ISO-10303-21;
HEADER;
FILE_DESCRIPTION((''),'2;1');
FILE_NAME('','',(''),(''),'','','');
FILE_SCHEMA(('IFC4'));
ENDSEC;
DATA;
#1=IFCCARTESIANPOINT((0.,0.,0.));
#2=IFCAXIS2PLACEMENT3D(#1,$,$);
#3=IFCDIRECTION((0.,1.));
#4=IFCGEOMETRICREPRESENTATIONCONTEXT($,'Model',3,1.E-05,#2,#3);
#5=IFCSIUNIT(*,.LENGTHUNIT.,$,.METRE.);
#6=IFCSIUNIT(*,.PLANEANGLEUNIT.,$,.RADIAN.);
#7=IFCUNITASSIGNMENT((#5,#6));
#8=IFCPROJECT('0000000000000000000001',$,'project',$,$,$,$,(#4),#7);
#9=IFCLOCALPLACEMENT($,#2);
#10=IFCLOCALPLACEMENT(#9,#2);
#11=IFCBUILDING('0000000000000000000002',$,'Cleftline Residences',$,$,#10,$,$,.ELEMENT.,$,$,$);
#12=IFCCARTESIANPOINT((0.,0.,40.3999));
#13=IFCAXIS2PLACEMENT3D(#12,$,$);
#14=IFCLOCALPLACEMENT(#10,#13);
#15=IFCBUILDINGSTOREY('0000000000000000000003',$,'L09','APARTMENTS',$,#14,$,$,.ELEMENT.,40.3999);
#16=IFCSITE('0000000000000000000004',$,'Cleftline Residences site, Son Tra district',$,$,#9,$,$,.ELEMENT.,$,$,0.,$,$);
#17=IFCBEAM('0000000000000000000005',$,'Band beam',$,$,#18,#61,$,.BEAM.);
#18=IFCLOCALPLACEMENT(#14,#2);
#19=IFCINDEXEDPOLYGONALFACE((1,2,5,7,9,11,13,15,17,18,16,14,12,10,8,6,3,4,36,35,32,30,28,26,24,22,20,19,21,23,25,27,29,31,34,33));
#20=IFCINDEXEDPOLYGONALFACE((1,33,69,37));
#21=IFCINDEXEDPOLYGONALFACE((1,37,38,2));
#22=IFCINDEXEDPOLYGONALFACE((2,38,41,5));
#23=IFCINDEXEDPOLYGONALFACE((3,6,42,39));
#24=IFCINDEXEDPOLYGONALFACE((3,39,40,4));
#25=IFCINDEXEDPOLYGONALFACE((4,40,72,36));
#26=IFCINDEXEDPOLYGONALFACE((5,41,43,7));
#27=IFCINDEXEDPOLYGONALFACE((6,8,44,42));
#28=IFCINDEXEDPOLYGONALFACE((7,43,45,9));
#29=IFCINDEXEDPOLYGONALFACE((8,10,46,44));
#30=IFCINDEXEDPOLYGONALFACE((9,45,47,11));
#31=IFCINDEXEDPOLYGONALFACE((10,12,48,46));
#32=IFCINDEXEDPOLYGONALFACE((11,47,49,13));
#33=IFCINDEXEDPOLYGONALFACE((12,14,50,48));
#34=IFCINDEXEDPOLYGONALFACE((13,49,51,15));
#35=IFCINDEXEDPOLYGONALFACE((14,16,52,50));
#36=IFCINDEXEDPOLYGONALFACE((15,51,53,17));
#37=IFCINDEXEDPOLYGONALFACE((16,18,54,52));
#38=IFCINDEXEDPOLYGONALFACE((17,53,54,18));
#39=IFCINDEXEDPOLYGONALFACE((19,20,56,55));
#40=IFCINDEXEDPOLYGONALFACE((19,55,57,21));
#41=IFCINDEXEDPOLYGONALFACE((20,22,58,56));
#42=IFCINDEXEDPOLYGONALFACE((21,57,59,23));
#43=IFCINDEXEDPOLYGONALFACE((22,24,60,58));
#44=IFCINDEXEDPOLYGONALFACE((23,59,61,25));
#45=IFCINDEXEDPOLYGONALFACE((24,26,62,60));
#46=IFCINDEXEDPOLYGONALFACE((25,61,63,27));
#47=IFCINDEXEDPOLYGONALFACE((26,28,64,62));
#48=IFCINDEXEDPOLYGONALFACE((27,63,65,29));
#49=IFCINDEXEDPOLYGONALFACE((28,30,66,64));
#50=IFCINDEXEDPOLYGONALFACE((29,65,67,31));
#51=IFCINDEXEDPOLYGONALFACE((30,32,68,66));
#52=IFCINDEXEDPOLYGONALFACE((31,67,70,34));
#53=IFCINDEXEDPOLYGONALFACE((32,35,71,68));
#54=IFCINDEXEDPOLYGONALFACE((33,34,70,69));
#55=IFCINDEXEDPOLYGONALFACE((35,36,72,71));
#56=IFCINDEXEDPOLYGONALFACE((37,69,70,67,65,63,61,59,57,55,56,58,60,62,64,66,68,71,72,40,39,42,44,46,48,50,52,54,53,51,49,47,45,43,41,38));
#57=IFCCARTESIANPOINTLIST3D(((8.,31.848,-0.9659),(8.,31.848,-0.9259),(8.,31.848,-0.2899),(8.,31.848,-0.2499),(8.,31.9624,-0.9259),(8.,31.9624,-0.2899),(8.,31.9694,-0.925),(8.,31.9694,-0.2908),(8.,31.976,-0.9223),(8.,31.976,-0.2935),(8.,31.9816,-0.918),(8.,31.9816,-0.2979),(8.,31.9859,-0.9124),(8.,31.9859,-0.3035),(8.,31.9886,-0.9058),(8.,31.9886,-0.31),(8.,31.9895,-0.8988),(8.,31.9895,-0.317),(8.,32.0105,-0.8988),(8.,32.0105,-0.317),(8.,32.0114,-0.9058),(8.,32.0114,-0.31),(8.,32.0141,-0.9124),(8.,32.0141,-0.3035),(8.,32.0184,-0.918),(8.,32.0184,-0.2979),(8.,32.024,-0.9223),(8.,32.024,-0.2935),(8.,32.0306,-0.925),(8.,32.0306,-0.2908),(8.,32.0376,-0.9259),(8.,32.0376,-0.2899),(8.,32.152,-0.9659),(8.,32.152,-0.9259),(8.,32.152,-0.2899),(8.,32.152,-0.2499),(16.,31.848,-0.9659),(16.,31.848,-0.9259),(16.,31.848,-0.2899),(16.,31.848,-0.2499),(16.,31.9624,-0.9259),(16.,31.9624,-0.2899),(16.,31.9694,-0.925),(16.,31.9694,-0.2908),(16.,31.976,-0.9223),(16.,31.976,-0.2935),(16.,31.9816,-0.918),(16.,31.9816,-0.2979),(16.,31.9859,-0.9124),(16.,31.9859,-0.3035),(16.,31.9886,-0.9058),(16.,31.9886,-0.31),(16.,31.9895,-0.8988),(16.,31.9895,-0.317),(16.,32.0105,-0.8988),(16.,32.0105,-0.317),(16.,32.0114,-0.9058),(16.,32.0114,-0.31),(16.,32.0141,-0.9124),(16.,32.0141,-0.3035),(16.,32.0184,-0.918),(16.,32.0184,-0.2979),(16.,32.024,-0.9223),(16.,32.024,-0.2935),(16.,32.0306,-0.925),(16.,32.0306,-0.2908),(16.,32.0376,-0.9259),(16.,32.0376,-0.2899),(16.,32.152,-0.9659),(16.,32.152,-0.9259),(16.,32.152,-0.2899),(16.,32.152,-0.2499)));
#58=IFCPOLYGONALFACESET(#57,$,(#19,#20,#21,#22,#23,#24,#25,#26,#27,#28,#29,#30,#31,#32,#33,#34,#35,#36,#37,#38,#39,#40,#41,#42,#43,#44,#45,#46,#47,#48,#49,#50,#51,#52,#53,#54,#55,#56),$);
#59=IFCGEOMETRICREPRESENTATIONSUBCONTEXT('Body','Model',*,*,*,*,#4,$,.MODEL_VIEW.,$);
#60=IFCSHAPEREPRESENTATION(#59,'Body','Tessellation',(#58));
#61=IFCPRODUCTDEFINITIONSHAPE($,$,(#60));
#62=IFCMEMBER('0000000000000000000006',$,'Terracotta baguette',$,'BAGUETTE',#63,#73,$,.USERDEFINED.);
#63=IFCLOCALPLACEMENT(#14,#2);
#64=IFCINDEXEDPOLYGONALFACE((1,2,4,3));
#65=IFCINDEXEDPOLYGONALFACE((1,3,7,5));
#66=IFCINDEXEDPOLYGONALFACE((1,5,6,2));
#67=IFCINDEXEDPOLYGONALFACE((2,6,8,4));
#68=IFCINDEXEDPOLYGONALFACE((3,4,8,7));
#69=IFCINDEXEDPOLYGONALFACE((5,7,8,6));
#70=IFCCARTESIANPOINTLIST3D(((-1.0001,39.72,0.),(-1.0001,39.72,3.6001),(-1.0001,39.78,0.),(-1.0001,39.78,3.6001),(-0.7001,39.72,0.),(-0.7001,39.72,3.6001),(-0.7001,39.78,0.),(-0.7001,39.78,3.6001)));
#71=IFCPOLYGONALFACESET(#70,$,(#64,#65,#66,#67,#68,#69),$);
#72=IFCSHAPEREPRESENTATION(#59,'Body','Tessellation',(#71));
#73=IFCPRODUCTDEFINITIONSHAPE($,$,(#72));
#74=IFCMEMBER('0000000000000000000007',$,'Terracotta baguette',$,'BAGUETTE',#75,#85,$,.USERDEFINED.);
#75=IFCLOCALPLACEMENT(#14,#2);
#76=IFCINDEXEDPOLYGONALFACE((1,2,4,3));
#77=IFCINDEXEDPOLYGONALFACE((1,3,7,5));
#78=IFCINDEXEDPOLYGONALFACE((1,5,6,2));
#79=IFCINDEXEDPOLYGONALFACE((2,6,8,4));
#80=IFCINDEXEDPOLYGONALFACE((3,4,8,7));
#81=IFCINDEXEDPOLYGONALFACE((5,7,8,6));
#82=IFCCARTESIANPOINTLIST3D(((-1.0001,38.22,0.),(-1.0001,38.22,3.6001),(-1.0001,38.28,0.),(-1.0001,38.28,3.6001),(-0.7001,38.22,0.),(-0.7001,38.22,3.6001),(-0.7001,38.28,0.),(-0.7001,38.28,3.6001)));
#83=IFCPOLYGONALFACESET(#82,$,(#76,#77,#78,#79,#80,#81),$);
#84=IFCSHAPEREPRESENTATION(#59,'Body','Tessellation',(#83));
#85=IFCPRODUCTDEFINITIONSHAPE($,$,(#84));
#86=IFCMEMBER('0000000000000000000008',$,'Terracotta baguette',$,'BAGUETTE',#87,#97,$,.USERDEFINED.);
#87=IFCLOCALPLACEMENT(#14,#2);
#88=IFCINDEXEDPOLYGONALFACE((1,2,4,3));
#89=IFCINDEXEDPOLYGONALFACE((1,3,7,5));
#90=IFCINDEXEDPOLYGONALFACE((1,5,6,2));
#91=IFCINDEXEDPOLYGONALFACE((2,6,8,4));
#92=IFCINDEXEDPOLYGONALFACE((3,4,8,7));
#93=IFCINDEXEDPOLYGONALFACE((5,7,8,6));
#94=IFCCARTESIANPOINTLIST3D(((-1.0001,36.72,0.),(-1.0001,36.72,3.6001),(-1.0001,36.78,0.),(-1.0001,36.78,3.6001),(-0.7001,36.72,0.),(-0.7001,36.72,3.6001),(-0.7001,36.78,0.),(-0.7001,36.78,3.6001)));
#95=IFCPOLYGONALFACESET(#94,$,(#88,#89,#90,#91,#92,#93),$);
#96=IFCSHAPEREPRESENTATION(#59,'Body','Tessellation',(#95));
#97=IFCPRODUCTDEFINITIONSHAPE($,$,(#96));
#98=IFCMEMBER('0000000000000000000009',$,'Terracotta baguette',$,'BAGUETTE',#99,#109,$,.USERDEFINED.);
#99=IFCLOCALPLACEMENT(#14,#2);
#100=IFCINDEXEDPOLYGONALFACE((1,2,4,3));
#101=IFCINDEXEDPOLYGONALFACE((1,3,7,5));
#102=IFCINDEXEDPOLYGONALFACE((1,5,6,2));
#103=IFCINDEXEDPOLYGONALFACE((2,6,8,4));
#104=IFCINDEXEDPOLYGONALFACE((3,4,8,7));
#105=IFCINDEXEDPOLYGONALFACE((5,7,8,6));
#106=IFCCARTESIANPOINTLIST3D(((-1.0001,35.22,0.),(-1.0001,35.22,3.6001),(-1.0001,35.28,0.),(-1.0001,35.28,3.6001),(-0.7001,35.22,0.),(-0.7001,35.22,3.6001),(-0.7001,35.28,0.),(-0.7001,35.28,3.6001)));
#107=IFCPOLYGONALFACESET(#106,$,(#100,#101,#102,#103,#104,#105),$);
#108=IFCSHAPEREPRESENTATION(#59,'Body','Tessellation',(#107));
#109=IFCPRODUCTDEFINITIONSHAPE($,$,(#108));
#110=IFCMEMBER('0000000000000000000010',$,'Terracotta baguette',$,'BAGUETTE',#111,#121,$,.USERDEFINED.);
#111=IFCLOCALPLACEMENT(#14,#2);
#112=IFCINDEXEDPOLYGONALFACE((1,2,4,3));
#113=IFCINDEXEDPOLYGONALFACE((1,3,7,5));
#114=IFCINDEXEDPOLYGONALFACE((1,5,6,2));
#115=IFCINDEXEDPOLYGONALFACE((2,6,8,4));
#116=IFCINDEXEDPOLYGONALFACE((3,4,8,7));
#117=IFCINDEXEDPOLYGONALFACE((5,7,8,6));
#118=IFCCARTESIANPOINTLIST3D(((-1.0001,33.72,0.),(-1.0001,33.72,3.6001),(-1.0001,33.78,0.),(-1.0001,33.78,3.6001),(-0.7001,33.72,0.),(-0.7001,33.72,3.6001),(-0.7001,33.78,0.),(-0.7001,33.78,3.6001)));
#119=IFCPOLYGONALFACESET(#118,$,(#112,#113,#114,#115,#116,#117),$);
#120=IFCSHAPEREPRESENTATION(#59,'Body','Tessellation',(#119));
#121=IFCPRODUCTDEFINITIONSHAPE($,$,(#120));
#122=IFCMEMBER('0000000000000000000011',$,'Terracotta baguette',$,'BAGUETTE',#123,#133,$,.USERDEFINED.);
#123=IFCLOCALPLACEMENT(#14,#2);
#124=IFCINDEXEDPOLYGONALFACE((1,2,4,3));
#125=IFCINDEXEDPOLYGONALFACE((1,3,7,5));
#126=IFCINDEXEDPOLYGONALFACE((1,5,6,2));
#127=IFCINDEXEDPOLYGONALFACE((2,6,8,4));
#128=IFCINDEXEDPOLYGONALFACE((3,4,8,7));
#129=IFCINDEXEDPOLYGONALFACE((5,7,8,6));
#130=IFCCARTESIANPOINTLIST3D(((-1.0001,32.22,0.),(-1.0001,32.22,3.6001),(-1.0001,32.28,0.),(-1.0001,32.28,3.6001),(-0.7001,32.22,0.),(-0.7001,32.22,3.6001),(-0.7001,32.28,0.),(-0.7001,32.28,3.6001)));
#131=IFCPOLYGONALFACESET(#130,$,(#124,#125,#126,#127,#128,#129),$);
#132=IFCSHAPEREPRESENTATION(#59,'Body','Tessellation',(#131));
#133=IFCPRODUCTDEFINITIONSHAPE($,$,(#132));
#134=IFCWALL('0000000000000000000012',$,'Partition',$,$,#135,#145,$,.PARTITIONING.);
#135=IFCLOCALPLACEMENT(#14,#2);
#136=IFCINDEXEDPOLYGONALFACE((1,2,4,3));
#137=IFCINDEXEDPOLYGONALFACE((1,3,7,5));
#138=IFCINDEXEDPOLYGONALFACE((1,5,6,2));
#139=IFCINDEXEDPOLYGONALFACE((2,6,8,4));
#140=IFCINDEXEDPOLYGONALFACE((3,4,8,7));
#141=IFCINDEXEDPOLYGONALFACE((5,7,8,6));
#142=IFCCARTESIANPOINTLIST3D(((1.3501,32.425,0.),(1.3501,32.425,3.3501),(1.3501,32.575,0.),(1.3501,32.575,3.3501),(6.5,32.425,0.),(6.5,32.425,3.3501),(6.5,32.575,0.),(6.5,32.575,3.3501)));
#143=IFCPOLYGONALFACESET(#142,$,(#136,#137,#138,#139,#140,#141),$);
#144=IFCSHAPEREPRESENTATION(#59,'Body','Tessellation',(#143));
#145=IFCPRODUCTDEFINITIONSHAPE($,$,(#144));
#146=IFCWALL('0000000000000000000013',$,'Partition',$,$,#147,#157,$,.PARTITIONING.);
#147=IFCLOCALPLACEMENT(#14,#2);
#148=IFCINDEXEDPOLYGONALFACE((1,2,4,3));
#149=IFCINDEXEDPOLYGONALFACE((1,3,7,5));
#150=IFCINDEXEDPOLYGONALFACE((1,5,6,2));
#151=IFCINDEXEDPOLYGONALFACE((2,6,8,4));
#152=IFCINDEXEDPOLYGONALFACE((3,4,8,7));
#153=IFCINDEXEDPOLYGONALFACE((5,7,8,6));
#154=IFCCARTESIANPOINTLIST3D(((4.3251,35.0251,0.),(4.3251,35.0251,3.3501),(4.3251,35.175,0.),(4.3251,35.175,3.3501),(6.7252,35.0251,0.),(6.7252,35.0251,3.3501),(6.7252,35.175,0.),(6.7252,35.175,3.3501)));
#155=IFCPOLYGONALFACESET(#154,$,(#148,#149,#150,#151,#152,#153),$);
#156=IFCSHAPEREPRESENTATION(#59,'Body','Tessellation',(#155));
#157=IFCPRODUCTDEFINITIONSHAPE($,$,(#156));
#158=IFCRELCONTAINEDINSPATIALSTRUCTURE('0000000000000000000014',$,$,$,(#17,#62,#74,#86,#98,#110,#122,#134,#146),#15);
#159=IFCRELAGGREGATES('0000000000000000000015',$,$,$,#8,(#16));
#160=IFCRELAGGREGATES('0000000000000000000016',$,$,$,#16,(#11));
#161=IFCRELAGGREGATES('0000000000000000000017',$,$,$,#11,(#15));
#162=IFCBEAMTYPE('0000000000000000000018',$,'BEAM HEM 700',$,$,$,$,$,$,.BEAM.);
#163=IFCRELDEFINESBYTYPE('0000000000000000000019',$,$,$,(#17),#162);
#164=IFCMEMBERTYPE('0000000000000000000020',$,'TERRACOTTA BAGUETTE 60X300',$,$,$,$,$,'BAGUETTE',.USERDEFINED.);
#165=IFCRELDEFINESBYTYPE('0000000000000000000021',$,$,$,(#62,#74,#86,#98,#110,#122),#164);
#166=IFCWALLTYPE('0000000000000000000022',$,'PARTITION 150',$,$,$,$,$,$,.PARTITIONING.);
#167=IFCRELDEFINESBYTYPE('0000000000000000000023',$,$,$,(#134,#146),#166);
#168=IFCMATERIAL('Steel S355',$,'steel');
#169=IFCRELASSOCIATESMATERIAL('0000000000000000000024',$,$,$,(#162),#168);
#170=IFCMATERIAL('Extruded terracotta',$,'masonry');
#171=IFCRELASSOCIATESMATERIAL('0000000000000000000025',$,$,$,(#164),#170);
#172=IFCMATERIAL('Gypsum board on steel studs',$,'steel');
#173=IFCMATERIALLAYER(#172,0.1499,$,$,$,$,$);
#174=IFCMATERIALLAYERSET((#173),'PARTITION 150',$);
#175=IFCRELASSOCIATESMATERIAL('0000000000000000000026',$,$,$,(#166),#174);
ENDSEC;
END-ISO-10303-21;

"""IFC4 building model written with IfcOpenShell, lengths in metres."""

from ifc_helpers import new_model, si_unit, direction, frame, frame_2d, origin, origin_2d, place, context, subcontext, project, spatial, rectangle, i_section, extrude, material, layer, layer_set, material_profile, profile_set, type_object, element, save


model = new_model("IFC4")

# Units and contexts
model_context = context("Model", 3, precision=1e-05, world=origin(), true_north=direction((0.0, 1.0)))
body_context = subcontext(model_context, "Body", "Model", "MODEL_VIEW")
ifc_project = project(units=[si_unit("LENGTHUNIT", "METRE"), si_unit("PLANEANGLEUNIT", "RADIAN")], contexts=[model_context])

# Site, building, storey
site_placement = place(None, origin())
site = spatial("IfcSite", under=ifc_project, at=site_placement, Name="Cleftline Residences site, Son Tra district", CompositionType="ELEMENT", RefElevation=0.0)
building_placement = place(site_placement, origin())
building = spatial("IfcBuilding", under=site, at=building_placement, Name="Cleftline Residences", CompositionType="ELEMENT")
storey_placement = place(building_placement, frame((0.0, 0.0, 40.3999)))
storey = spatial("IfcBuildingStorey", under=building, at=storey_placement, Name="L09", Description="APARTMENTS", CompositionType="ELEMENT", Elevation=40.3999)

# Beam
ifc_material_1 = material(Name="Steel S355", Category="steel")
ifc_material_profile_1 = material_profile(ifc_material_1, i_section(OverallWidth=0.304, OverallDepth=0.7161, WebThickness=0.021, FlangeThickness=0.04, FilletRadius=0.0271, at=origin_2d()))
ifc_profile_set_1 = profile_set([ifc_material_profile_1], Name="Steel S355")
beam_type = type_object("IfcBeamType", Name="BEAM HEM 700", PredefinedType="BEAM", material=ifc_profile_set_1)
beam_placement = place(storey_placement, frame((8.0, 32.0, -0.6079), z_axis=(1.0, 0.0, 0.0), x_axis=(0.0, 1.0, 0.0)))
element("IfcBeam", 1, at=beam_placement, inside=storey, type_object=beam_type, Name="Band beam", PredefinedType="BEAM", context=body_context, shape_type="SweptSolid", body=[
    extrude(i_section(OverallWidth=0.304, OverallDepth=0.7161, WebThickness=0.021, FlangeThickness=0.04, FilletRadius=0.0271, at=origin_2d()), origin(), (0.0, 0.0, 1.0), 8.0),
])

# Members
ifc_material_2 = material(Name="Extruded terracotta", Category="masonry")
ifc_material_profile_2 = material_profile(ifc_material_2, rectangle(XDim=0.0601, YDim=0.3, at=origin_2d()))
ifc_profile_set_2 = profile_set([ifc_material_profile_2], Name="Extruded terracotta")
member_type = type_object("IfcMemberType", Name="TERRACOTTA BAGUETTE 60X300", ElementType="BAGUETTE", PredefinedType="USERDEFINED", material=ifc_profile_set_2)
for number, where, z_axis, x_axis, name in (
    (2, (-0.8501, 39.75, 0.0), (0.0, 0.0, 1.0), (0.0, 1.0, 0.0), "Terracotta baguette"),
    (3, (-0.8501, 38.25, 0.0), (0.0, 0.0, 1.0), (0.0, 1.0, 0.0), "Terracotta baguette"),
    (4, (-0.8501, 36.75, 0.0), (0.0, 0.0, 1.0), (0.0, 1.0, 0.0), "Terracotta baguette"),
    (5, (-0.8501, 35.25, 0.0), (0.0, 0.0, 1.0), (0.0, 1.0, 0.0), "Terracotta baguette"),
    (6, (-0.8501, 33.75, 0.0), (0.0, 0.0, 1.0), (0.0, 1.0, 0.0), "Terracotta baguette"),
    (7, (-0.8501, 32.25, 0.0), (0.0, 0.0, 1.0), (0.0, 1.0, 0.0), "Terracotta baguette"),
):
    element("IfcMember", number, at=place(storey_placement, frame(where, z_axis=z_axis, x_axis=x_axis)), inside=storey, type_object=member_type, Name=name, ObjectType="BAGUETTE", PredefinedType="USERDEFINED", context=body_context, shape_type="SweptSolid", body=[
        extrude(rectangle(XDim=0.0601, YDim=0.3, at=origin_2d()), origin(), (0.0, 0.0, 1.0), 3.6001),
    ])

# Walls
ifc_material_3 = material(Name="Gypsum board on steel studs", Category="steel")
ifc_layer = layer(ifc_material_3, 0.1499)
ifc_layer_set = layer_set([ifc_layer], Name="PARTITION 150")
wall_type = type_object("IfcWallType", Name="PARTITION 150", PredefinedType="PARTITIONING", material=ifc_layer_set)
wall_1_placement = place(storey_placement, frame((1.3501, 32.5, 0.0), z_axis=(0.0, 0.0, 1.0), x_axis=(1.0, 0.0, 0.0)))
element("IfcWall", 8, at=wall_1_placement, inside=storey, type_object=wall_type, Name="Partition", PredefinedType="PARTITIONING", context=body_context, shape_type="SweptSolid", body=[
    extrude(rectangle(XDim=5.1499, YDim=0.1499, at=frame_2d((2.575, 0.0))), origin(), (0.0, 0.0, 1.0), 3.3501),
])
wall_2_placement = place(storey_placement, frame((4.325, 35.1001, 0.0), z_axis=(0.0, 0.0, 1.0), x_axis=(1.0, 0.0, 0.0)))
element("IfcWall", 9, at=wall_2_placement, inside=storey, type_object=wall_type, Name="Partition", PredefinedType="PARTITIONING", context=body_context, shape_type="SweptSolid", body=[
    extrude(rectangle(XDim=2.4001, YDim=0.1499, at=frame_2d((1.2002, 0.0))), origin(), (0.0, 0.0, 1.0), 3.3501),
])

save(model, "model.ifc")
